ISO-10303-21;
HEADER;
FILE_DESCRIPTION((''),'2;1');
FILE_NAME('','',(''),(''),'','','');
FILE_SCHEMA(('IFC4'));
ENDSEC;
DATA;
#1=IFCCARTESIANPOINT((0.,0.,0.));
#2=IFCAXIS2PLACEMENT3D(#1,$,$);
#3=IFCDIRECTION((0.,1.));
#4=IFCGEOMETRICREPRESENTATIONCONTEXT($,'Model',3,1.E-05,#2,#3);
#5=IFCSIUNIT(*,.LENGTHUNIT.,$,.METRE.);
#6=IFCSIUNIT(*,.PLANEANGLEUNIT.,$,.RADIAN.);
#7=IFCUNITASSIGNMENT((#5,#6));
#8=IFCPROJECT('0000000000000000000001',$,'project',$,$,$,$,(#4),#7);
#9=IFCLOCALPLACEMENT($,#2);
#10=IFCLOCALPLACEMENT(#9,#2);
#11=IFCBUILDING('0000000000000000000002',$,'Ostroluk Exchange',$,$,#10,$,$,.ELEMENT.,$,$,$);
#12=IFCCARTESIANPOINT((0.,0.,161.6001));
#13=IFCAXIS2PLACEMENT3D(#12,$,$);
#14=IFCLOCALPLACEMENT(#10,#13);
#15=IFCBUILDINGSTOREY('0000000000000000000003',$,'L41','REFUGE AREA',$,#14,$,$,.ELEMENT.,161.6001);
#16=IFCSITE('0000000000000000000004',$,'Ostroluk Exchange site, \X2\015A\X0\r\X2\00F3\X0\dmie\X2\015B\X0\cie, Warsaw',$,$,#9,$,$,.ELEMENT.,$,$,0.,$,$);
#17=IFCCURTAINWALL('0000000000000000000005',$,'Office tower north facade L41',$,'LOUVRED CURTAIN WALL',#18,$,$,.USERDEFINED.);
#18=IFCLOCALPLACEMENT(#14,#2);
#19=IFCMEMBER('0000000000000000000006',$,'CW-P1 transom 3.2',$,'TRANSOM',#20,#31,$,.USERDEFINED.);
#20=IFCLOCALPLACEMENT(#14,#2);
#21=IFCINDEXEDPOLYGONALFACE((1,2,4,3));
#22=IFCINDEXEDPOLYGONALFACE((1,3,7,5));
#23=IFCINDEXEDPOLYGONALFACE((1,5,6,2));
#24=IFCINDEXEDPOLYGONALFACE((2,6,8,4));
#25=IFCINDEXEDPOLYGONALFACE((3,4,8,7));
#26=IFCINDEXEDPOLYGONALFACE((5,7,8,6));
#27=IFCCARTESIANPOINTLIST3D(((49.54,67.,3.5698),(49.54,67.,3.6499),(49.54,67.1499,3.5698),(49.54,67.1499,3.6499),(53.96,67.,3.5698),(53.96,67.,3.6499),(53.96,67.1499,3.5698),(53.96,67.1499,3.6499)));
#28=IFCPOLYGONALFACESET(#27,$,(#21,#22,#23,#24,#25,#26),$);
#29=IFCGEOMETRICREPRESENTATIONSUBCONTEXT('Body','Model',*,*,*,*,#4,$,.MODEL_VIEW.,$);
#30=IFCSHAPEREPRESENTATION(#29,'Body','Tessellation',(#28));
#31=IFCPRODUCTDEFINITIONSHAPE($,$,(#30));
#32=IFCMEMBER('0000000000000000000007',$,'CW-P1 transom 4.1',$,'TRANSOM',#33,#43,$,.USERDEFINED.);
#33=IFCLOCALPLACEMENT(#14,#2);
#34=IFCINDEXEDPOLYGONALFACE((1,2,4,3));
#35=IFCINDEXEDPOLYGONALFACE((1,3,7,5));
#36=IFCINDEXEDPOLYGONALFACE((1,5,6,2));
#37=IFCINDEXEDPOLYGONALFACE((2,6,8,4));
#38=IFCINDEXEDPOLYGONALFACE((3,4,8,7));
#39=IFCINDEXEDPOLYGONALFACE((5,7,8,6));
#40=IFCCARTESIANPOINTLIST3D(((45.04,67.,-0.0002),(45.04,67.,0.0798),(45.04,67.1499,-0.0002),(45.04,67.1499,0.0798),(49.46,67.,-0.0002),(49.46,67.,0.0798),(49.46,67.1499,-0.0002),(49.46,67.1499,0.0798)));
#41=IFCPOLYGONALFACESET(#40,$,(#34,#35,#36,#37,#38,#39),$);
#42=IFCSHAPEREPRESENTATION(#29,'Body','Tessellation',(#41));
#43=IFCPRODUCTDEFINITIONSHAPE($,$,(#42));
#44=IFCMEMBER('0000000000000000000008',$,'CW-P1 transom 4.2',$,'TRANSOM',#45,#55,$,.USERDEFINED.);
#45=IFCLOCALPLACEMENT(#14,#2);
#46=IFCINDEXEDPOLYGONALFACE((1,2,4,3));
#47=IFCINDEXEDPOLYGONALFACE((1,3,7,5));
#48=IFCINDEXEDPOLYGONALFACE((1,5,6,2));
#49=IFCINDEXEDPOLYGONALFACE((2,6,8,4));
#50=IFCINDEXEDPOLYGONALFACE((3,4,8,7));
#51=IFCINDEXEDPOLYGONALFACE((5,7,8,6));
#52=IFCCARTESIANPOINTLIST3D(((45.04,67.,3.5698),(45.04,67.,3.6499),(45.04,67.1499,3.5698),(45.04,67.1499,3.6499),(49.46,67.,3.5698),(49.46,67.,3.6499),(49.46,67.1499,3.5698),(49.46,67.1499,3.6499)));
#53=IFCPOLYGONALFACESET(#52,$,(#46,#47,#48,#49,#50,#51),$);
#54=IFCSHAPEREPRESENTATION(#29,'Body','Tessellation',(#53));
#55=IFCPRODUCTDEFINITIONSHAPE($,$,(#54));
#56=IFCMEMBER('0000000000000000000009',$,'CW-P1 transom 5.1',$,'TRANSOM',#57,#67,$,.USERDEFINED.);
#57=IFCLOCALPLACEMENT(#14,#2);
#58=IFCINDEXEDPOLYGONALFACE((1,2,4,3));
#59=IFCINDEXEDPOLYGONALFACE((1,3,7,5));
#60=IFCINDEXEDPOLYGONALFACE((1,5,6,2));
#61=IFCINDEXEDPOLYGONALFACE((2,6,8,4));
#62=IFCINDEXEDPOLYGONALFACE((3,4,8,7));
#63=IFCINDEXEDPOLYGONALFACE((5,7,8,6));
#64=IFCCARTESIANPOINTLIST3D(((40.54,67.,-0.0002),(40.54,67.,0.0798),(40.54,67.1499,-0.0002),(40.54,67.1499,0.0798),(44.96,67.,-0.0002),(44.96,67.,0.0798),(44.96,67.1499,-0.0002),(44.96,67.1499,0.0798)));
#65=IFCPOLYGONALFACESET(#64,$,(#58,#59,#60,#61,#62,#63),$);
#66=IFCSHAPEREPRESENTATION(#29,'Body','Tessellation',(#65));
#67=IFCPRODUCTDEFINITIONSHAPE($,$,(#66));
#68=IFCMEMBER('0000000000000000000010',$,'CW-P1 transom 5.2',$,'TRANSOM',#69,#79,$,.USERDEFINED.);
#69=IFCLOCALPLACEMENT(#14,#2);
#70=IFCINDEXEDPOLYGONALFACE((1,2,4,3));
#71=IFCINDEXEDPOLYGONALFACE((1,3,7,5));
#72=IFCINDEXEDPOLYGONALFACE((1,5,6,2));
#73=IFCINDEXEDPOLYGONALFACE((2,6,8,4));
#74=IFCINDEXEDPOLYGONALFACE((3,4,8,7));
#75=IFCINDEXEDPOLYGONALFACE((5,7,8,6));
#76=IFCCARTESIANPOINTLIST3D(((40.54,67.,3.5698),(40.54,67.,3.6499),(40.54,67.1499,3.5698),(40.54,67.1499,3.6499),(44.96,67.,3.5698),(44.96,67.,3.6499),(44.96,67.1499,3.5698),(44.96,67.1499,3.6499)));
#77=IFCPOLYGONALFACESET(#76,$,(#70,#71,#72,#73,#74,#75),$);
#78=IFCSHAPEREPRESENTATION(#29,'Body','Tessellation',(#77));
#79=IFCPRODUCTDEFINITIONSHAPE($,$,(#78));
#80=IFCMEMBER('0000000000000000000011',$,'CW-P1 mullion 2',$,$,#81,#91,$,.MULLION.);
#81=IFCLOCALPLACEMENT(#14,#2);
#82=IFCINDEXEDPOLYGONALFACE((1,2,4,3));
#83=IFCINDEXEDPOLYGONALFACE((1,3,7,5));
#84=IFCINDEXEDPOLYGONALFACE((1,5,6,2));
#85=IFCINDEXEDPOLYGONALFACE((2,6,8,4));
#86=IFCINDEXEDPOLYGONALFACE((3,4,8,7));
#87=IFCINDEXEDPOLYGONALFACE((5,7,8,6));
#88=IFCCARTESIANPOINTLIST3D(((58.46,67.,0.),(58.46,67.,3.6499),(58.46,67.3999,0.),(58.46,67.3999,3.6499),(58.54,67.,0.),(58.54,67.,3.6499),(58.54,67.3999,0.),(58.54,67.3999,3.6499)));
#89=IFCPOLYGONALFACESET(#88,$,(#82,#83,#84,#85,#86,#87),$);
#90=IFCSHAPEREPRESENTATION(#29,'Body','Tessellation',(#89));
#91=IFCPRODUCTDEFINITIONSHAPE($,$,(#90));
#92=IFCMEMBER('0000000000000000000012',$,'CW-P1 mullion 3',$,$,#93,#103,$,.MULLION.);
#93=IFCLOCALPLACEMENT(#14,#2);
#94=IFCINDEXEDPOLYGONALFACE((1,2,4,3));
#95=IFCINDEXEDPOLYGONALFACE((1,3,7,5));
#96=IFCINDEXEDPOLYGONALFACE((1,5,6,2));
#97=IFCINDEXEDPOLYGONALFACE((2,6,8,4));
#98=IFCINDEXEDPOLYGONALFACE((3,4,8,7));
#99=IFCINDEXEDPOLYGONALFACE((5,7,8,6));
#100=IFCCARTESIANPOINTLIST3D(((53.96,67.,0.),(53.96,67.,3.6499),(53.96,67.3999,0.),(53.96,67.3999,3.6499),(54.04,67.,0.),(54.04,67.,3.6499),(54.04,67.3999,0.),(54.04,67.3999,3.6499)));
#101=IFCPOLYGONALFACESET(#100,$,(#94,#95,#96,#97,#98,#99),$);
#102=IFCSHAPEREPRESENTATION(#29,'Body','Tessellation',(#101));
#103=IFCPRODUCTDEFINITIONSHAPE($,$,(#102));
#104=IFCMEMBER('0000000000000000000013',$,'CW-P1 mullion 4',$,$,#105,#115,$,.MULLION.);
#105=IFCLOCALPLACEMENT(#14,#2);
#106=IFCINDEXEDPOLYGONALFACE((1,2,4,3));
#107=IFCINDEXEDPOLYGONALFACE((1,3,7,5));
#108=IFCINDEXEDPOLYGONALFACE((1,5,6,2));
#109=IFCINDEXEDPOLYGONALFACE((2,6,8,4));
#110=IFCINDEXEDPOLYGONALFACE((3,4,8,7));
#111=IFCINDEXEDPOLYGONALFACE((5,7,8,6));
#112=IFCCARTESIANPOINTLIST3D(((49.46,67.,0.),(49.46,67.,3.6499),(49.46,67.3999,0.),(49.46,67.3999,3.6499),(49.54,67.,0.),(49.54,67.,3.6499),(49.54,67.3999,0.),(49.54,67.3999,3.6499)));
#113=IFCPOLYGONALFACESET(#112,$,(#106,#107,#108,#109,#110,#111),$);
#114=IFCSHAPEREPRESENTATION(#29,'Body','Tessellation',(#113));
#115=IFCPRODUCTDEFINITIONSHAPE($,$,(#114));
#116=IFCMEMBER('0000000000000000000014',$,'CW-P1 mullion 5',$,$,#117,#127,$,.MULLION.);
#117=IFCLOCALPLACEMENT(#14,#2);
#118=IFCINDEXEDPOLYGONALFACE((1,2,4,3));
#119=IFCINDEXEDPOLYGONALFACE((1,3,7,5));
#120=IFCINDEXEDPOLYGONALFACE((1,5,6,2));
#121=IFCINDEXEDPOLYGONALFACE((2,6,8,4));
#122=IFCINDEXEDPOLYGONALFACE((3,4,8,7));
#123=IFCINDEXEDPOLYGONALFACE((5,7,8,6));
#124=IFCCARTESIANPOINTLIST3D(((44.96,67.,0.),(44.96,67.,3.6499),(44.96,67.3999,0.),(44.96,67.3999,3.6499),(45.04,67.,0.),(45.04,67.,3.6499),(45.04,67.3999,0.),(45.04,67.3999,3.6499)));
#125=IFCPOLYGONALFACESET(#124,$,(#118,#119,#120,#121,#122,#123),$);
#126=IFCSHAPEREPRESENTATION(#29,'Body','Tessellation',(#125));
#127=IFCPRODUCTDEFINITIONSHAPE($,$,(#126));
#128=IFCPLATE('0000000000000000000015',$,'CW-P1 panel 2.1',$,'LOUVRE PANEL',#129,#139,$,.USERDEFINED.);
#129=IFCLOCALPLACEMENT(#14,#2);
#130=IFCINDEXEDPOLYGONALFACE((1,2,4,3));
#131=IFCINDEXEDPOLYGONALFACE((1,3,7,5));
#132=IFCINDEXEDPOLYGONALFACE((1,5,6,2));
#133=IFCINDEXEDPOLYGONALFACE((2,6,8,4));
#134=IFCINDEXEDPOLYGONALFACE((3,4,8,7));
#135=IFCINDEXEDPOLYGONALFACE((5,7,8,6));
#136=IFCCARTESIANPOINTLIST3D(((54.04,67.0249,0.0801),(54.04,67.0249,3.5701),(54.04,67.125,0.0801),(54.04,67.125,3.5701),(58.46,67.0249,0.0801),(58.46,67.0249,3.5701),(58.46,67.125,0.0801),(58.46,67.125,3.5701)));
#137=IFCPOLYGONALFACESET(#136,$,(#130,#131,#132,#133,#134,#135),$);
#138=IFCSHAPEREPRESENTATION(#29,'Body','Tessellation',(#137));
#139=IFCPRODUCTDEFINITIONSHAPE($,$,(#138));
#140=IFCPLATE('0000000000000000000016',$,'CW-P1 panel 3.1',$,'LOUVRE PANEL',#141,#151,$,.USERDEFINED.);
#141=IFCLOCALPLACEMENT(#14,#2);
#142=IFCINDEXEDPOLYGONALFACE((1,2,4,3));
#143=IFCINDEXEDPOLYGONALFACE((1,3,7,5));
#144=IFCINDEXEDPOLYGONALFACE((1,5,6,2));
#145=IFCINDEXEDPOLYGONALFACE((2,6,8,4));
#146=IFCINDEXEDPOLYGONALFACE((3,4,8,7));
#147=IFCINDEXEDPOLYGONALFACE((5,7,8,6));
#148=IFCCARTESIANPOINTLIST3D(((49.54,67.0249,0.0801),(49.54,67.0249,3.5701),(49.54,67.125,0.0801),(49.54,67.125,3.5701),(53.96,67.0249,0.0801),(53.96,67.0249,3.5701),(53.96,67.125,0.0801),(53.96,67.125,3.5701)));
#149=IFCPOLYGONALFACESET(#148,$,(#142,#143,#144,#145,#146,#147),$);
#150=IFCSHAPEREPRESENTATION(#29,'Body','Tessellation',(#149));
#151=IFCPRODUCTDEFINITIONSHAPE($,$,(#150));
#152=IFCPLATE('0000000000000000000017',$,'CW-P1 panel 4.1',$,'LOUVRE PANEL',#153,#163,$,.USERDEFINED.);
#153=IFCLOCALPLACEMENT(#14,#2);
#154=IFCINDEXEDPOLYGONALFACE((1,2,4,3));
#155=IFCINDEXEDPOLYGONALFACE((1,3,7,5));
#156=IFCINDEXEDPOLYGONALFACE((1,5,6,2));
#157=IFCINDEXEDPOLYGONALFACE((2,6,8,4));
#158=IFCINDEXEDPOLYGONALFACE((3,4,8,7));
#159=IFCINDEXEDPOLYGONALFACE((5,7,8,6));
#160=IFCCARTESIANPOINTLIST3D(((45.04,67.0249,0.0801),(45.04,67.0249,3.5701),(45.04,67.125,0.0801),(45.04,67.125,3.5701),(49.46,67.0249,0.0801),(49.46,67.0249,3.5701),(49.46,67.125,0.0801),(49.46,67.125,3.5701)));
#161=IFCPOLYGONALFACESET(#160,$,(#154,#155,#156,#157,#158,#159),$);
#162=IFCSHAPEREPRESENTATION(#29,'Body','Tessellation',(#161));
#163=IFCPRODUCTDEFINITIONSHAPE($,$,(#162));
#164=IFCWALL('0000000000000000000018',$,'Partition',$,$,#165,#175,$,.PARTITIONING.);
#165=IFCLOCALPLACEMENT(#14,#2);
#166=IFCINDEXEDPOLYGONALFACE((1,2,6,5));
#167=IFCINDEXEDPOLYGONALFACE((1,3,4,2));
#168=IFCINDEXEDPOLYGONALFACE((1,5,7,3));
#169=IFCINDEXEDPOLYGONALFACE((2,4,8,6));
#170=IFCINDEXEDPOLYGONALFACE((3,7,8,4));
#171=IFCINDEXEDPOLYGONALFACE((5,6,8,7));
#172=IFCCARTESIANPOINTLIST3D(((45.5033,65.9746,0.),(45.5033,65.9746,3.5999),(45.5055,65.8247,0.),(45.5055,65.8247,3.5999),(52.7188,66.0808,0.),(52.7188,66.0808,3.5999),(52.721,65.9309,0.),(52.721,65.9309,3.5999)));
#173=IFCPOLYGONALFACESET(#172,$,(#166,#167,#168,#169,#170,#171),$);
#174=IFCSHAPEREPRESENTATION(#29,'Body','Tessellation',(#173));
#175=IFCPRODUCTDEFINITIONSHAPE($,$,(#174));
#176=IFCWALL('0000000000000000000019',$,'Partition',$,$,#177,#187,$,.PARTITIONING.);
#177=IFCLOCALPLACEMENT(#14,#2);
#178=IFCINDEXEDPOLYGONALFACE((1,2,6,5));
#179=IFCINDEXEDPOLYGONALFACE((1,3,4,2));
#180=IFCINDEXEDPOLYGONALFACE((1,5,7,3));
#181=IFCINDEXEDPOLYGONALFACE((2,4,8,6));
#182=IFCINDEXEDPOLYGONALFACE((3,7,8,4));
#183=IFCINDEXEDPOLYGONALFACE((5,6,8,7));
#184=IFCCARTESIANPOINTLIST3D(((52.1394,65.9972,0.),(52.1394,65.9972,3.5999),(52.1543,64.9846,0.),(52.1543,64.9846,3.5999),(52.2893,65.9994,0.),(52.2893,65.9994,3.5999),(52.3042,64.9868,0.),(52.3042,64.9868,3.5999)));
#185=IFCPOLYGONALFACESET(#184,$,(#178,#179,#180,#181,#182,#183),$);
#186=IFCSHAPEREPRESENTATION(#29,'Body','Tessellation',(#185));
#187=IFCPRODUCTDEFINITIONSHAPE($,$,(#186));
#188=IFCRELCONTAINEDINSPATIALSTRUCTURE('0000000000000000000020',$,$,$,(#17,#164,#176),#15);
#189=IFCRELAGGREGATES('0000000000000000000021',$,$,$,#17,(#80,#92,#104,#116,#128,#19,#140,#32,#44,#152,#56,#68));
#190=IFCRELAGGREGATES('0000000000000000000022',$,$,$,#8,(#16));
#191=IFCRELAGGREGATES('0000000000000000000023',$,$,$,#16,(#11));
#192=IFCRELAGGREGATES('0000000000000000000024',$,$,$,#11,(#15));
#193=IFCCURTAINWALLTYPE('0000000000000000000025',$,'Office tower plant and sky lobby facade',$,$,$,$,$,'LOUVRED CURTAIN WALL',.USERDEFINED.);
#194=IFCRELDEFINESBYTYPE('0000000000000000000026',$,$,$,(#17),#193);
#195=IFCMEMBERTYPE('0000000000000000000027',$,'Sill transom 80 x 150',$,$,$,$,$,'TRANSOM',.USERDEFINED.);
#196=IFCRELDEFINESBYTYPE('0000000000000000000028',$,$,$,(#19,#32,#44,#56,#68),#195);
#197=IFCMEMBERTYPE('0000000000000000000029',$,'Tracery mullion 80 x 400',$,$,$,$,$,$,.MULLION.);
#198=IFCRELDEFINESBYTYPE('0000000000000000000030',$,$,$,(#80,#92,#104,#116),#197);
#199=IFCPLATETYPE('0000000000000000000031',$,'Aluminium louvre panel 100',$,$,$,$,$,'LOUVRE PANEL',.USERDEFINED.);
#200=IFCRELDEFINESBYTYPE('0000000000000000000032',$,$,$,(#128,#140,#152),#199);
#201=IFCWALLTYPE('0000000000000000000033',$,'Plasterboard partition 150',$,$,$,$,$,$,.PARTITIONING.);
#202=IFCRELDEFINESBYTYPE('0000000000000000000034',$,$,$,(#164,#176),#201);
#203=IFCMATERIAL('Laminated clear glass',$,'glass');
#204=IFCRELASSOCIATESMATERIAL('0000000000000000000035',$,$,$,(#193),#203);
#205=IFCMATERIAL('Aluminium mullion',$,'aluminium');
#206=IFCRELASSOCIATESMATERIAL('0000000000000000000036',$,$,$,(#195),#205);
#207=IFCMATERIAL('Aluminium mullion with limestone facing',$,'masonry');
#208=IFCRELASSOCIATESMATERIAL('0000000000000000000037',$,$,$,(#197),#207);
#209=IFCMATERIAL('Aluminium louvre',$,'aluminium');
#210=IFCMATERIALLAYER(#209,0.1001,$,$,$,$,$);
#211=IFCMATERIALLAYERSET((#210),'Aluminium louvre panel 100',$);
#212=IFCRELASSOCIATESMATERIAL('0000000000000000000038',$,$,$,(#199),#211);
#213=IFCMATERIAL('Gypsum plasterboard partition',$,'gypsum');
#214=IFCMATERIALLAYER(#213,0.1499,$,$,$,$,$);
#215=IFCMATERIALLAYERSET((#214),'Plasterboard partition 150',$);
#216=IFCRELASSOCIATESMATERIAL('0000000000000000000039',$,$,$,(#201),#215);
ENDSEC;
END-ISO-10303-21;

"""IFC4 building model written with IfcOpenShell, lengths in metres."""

from ifc_helpers import new_model, si_unit, direction, frame, frame_2d, origin, origin_2d, place, context, subcontext, project, spatial, rectangle, extrude, material, layer, layer_set, material_profile, profile_set, type_object, element, aggregate, save


model = new_model("IFC4")

# Units and contexts
model_context = context("Model", 3, precision=1e-05, world=origin(), true_north=direction((0.0, 1.0)))
body_context = subcontext(model_context, "Body", "Model", "MODEL_VIEW")
ifc_project = project(units=[si_unit("LENGTHUNIT", "METRE"), si_unit("PLANEANGLEUNIT", "RADIAN")], contexts=[model_context])

# Site, building, storey
site_placement = place(None, origin())
site = spatial("IfcSite", under=ifc_project, at=site_placement, Name="Ostroluk Exchange site, Śródmieście, Warsaw", CompositionType="ELEMENT", RefElevation=0.0)
building_placement = place(site_placement, origin())
building = spatial("IfcBuilding", under=site, at=building_placement, Name="Ostroluk Exchange", CompositionType="ELEMENT")
storey_placement = place(building_placement, frame((0.0, 0.0, 161.6001)))
storey = spatial("IfcBuildingStorey", under=building, at=storey_placement, Name="L41", Description="REFUGE AREA", CompositionType="ELEMENT", Elevation=161.6001)

# Curtain wall, members, plates
ifc_material_1 = material(Name="Laminated clear glass", Category="glass")
curtain_wall_type = type_object("IfcCurtainWallType", Name="Office tower plant and sky lobby facade", ElementType="LOUVRED CURTAIN WALL", PredefinedType="USERDEFINED", material=ifc_material_1)
curtain_wall_placement = place(storey_placement, origin())
curtain_wall = element("IfcCurtainWall", 1, at=curtain_wall_placement, inside=storey, type_object=curtain_wall_type, Name="Office tower north facade L41", ObjectType="LOUVRED CURTAIN WALL", PredefinedType="USERDEFINED")
ifc_material_2 = material(Name="Aluminium mullion", Category="aluminium")
ifc_material_profile_1 = material_profile(ifc_material_2, rectangle(XDim=0.1499, YDim=0.0801, at=origin_2d()), Name="Sill transom 80 x 150")
ifc_profile_set_1 = profile_set([ifc_material_profile_1], Name="Aluminium mullion")
member_type_1 = type_object("IfcMemberType", Name="Sill transom 80 x 150", ElementType="TRANSOM", PredefinedType="USERDEFINED", material=ifc_profile_set_1)
member_1_placement = place(storey_placement, frame((53.96, 67.075, 3.6099), z_axis=(-1.0, 0.0, 0.0), x_axis=(0.0, -1.0, 0.0)))
member_1 = element("IfcMember", 2, at=member_1_placement, type_object=member_type_1, Name="CW-P1 transom 3.2", ObjectType="TRANSOM", PredefinedType="USERDEFINED", context=body_context, shape_type="SweptSolid", body=[
    extrude(rectangle(XDim=0.1499, YDim=0.0801, at=origin_2d()), origin(), (0.0, 0.0, 1.0), 4.4199),
])
member_2_placement = place(storey_placement, frame((49.46, 67.075, 0.0398), z_axis=(-1.0, 0.0, 0.0), x_axis=(0.0, -1.0, 0.0)))
member_2 = element("IfcMember", 3, at=member_2_placement, type_object=member_type_1, Name="CW-P1 transom 4.1", ObjectType="TRANSOM", PredefinedType="USERDEFINED", context=body_context, shape_type="SweptSolid", body=[
    extrude(rectangle(XDim=0.1499, YDim=0.0801, at=origin_2d()), origin(), (0.0, 0.0, 1.0), 4.4199),
])
member_3_placement = place(storey_placement, frame((49.46, 67.075, 3.6099), z_axis=(-1.0, 0.0, 0.0), x_axis=(0.0, -1.0, 0.0)))
member_3 = element("IfcMember", 4, at=member_3_placement, type_object=member_type_1, Name="CW-P1 transom 4.2", ObjectType="TRANSOM", PredefinedType="USERDEFINED", context=body_context, shape_type="SweptSolid", body=[
    extrude(rectangle(XDim=0.1499, YDim=0.0801, at=origin_2d()), origin(), (0.0, 0.0, 1.0), 4.4199),
])
member_4_placement = place(storey_placement, frame((44.96, 67.075, 0.0398), z_axis=(-1.0, 0.0, 0.0), x_axis=(0.0, -1.0, 0.0)))
member_4 = element("IfcMember", 5, at=member_4_placement, type_object=member_type_1, Name="CW-P1 transom 5.1", ObjectType="TRANSOM", PredefinedType="USERDEFINED", context=body_context, shape_type="SweptSolid", body=[
    extrude(rectangle(XDim=0.1499, YDim=0.0801, at=origin_2d()), origin(), (0.0, 0.0, 1.0), 4.4199),
])
member_5_placement = place(storey_placement, frame((44.96, 67.075, 3.6099), z_axis=(-1.0, 0.0, 0.0), x_axis=(0.0, -1.0, 0.0)))
member_5 = element("IfcMember", 6, at=member_5_placement, type_object=member_type_1, Name="CW-P1 transom 5.2", ObjectType="TRANSOM", PredefinedType="USERDEFINED", context=body_context, shape_type="SweptSolid", body=[
    extrude(rectangle(XDim=0.1499, YDim=0.0801, at=origin_2d()), origin(), (0.0, 0.0, 1.0), 4.4199),
])
ifc_material_3 = material(Name="Aluminium mullion with limestone facing", Category="masonry")
ifc_material_profile_2 = material_profile(ifc_material_3, rectangle(XDim=0.3999, YDim=0.0801, at=origin_2d()), Name="Tracery mullion 80 x 400")
ifc_profile_set_2 = profile_set([ifc_material_profile_2], Name="Aluminium mullion with limestone facing")
member_type_2 = type_object("IfcMemberType", Name="Tracery mullion 80 x 400", PredefinedType="MULLION", material=ifc_profile_set_2)
member_6_placement = place(storey_placement, frame((58.5, 67.2, 0.0), z_axis=(0.0, 0.0, 1.0), x_axis=(0.0, -1.0, 0.0)))
member_6 = element("IfcMember", 7, at=member_6_placement, type_object=member_type_2, Name="CW-P1 mullion 2", PredefinedType="MULLION", context=body_context, shape_type="SweptSolid", body=[
    extrude(rectangle(XDim=0.3999, YDim=0.0801, at=origin_2d()), origin(), (0.0, 0.0, 1.0), 3.6499),
])
member_7_placement = place(storey_placement, frame((54.0, 67.2, 0.0), z_axis=(0.0, 0.0, 1.0), x_axis=(0.0, -1.0, 0.0)))
member_7 = element("IfcMember", 8, at=member_7_placement, type_object=member_type_2, Name="CW-P1 mullion 3", PredefinedType="MULLION", context=body_context, shape_type="SweptSolid", body=[
    extrude(rectangle(XDim=0.3999, YDim=0.0801, at=origin_2d()), origin(), (0.0, 0.0, 1.0), 3.6499),
])
member_8_placement = place(storey_placement, frame((49.5, 67.2, 0.0), z_axis=(0.0, 0.0, 1.0), x_axis=(0.0, -1.0, 0.0)))
member_8 = element("IfcMember", 9, at=member_8_placement, type_object=member_type_2, Name="CW-P1 mullion 4", PredefinedType="MULLION", context=body_context, shape_type="SweptSolid", body=[
    extrude(rectangle(XDim=0.3999, YDim=0.0801, at=origin_2d()), origin(), (0.0, 0.0, 1.0), 3.6499),
])
member_9_placement = place(storey_placement, frame((45.0, 67.2, 0.0), z_axis=(0.0, 0.0, 1.0), x_axis=(0.0, -1.0, 0.0)))
member_9 = element("IfcMember", 10, at=member_9_placement, type_object=member_type_2, Name="CW-P1 mullion 5", PredefinedType="MULLION", context=body_context, shape_type="SweptSolid", body=[
    extrude(rectangle(XDim=0.3999, YDim=0.0801, at=origin_2d()), origin(), (0.0, 0.0, 1.0), 3.6499),
])
ifc_material_4 = material(Name="Aluminium louvre", Category="aluminium")
ifc_layer_1 = layer(ifc_material_4, 0.1001)
ifc_layer_set_1 = layer_set([ifc_layer_1], Name="Aluminium louvre panel 100")
plate_type = type_object("IfcPlateType", Name="Aluminium louvre panel 100", ElementType="LOUVRE PANEL", PredefinedType="USERDEFINED", material=ifc_layer_set_1)
plate_1_placement = place(storey_placement, frame((56.25, 67.075, 0.0801), z_axis=(0.0, 0.0, 1.0), x_axis=(-1.0, 0.0, 0.0)))
plate_1 = element("IfcPlate", 11, at=plate_1_placement, type_object=plate_type, Name="CW-P1 panel 2.1", ObjectType="LOUVRE PANEL", PredefinedType="USERDEFINED", context=body_context, shape_type="SweptSolid", body=[
    extrude(rectangle(XDim=4.4199, YDim=0.1001, at=origin_2d()), origin(), (0.0, 0.0, 1.0), 3.49),
])
plate_2_placement = place(storey_placement, frame((51.75, 67.075, 0.0801), z_axis=(0.0, 0.0, 1.0), x_axis=(-1.0, 0.0, 0.0)))
plate_2 = element("IfcPlate", 12, at=plate_2_placement, type_object=plate_type, Name="CW-P1 panel 3.1", ObjectType="LOUVRE PANEL", PredefinedType="USERDEFINED", context=body_context, shape_type="SweptSolid", body=[
    extrude(rectangle(XDim=4.4199, YDim=0.1001, at=origin_2d()), origin(), (0.0, 0.0, 1.0), 3.49),
])
plate_3_placement = place(storey_placement, frame((47.25, 67.075, 0.0801), z_axis=(0.0, 0.0, 1.0), x_axis=(-1.0, 0.0, 0.0)))
plate_3 = element("IfcPlate", 13, at=plate_3_placement, type_object=plate_type, Name="CW-P1 panel 4.1", ObjectType="LOUVRE PANEL", PredefinedType="USERDEFINED", context=body_context, shape_type="SweptSolid", body=[
    extrude(rectangle(XDim=4.4199, YDim=0.1001, at=origin_2d()), origin(), (0.0, 0.0, 1.0), 3.49),
])
aggregate(curtain_wall, [member_6, member_7, member_8, member_9, plate_1, member_1, plate_2, member_2, member_3, plate_3, member_4, member_5])

# Walls
ifc_material_5 = material(Name="Gypsum plasterboard partition", Category="gypsum")
ifc_layer_2 = layer(ifc_material_5, 0.1499)
ifc_layer_set_2 = layer_set([ifc_layer_2], Name="Plasterboard partition 150")
wall_type = type_object("IfcWallType", Name="Plasterboard partition 150", PredefinedType="PARTITIONING", material=ifc_layer_set_2)
wall_1_placement = place(storey_placement, frame((45.5044, 65.8997, 0.0), z_axis=(0.0, 0.0, 1.0), x_axis=(0.999892, 0.014717, 0.0)))
element("IfcWall", 14, at=wall_1_placement, inside=storey, type_object=wall_type, Name="Partition", PredefinedType="PARTITIONING", context=body_context, shape_type="SweptSolid", body=[
    extrude(rectangle(XDim=7.2163, YDim=0.1499, at=frame_2d((3.6082, 0.0))), origin(), (0.0, 0.0, 1.0), 3.5999),
])
wall_2_placement = place(storey_placement, frame((52.2144, 65.9983, 0.0), z_axis=(0.0, 0.0, 1.0), x_axis=(0.014704, -0.999892, 0.0)))
element("IfcWall", 15, at=wall_2_placement, inside=storey, type_object=wall_type, Name="Partition", PredefinedType="PARTITIONING", context=body_context, shape_type="SweptSolid", body=[
    extrude(rectangle(XDim=1.0127, YDim=0.1499, at=frame_2d((0.5063, 0.0))), origin(), (0.0, 0.0, 1.0), 3.5999),
])

save(model, "model.ifc")
